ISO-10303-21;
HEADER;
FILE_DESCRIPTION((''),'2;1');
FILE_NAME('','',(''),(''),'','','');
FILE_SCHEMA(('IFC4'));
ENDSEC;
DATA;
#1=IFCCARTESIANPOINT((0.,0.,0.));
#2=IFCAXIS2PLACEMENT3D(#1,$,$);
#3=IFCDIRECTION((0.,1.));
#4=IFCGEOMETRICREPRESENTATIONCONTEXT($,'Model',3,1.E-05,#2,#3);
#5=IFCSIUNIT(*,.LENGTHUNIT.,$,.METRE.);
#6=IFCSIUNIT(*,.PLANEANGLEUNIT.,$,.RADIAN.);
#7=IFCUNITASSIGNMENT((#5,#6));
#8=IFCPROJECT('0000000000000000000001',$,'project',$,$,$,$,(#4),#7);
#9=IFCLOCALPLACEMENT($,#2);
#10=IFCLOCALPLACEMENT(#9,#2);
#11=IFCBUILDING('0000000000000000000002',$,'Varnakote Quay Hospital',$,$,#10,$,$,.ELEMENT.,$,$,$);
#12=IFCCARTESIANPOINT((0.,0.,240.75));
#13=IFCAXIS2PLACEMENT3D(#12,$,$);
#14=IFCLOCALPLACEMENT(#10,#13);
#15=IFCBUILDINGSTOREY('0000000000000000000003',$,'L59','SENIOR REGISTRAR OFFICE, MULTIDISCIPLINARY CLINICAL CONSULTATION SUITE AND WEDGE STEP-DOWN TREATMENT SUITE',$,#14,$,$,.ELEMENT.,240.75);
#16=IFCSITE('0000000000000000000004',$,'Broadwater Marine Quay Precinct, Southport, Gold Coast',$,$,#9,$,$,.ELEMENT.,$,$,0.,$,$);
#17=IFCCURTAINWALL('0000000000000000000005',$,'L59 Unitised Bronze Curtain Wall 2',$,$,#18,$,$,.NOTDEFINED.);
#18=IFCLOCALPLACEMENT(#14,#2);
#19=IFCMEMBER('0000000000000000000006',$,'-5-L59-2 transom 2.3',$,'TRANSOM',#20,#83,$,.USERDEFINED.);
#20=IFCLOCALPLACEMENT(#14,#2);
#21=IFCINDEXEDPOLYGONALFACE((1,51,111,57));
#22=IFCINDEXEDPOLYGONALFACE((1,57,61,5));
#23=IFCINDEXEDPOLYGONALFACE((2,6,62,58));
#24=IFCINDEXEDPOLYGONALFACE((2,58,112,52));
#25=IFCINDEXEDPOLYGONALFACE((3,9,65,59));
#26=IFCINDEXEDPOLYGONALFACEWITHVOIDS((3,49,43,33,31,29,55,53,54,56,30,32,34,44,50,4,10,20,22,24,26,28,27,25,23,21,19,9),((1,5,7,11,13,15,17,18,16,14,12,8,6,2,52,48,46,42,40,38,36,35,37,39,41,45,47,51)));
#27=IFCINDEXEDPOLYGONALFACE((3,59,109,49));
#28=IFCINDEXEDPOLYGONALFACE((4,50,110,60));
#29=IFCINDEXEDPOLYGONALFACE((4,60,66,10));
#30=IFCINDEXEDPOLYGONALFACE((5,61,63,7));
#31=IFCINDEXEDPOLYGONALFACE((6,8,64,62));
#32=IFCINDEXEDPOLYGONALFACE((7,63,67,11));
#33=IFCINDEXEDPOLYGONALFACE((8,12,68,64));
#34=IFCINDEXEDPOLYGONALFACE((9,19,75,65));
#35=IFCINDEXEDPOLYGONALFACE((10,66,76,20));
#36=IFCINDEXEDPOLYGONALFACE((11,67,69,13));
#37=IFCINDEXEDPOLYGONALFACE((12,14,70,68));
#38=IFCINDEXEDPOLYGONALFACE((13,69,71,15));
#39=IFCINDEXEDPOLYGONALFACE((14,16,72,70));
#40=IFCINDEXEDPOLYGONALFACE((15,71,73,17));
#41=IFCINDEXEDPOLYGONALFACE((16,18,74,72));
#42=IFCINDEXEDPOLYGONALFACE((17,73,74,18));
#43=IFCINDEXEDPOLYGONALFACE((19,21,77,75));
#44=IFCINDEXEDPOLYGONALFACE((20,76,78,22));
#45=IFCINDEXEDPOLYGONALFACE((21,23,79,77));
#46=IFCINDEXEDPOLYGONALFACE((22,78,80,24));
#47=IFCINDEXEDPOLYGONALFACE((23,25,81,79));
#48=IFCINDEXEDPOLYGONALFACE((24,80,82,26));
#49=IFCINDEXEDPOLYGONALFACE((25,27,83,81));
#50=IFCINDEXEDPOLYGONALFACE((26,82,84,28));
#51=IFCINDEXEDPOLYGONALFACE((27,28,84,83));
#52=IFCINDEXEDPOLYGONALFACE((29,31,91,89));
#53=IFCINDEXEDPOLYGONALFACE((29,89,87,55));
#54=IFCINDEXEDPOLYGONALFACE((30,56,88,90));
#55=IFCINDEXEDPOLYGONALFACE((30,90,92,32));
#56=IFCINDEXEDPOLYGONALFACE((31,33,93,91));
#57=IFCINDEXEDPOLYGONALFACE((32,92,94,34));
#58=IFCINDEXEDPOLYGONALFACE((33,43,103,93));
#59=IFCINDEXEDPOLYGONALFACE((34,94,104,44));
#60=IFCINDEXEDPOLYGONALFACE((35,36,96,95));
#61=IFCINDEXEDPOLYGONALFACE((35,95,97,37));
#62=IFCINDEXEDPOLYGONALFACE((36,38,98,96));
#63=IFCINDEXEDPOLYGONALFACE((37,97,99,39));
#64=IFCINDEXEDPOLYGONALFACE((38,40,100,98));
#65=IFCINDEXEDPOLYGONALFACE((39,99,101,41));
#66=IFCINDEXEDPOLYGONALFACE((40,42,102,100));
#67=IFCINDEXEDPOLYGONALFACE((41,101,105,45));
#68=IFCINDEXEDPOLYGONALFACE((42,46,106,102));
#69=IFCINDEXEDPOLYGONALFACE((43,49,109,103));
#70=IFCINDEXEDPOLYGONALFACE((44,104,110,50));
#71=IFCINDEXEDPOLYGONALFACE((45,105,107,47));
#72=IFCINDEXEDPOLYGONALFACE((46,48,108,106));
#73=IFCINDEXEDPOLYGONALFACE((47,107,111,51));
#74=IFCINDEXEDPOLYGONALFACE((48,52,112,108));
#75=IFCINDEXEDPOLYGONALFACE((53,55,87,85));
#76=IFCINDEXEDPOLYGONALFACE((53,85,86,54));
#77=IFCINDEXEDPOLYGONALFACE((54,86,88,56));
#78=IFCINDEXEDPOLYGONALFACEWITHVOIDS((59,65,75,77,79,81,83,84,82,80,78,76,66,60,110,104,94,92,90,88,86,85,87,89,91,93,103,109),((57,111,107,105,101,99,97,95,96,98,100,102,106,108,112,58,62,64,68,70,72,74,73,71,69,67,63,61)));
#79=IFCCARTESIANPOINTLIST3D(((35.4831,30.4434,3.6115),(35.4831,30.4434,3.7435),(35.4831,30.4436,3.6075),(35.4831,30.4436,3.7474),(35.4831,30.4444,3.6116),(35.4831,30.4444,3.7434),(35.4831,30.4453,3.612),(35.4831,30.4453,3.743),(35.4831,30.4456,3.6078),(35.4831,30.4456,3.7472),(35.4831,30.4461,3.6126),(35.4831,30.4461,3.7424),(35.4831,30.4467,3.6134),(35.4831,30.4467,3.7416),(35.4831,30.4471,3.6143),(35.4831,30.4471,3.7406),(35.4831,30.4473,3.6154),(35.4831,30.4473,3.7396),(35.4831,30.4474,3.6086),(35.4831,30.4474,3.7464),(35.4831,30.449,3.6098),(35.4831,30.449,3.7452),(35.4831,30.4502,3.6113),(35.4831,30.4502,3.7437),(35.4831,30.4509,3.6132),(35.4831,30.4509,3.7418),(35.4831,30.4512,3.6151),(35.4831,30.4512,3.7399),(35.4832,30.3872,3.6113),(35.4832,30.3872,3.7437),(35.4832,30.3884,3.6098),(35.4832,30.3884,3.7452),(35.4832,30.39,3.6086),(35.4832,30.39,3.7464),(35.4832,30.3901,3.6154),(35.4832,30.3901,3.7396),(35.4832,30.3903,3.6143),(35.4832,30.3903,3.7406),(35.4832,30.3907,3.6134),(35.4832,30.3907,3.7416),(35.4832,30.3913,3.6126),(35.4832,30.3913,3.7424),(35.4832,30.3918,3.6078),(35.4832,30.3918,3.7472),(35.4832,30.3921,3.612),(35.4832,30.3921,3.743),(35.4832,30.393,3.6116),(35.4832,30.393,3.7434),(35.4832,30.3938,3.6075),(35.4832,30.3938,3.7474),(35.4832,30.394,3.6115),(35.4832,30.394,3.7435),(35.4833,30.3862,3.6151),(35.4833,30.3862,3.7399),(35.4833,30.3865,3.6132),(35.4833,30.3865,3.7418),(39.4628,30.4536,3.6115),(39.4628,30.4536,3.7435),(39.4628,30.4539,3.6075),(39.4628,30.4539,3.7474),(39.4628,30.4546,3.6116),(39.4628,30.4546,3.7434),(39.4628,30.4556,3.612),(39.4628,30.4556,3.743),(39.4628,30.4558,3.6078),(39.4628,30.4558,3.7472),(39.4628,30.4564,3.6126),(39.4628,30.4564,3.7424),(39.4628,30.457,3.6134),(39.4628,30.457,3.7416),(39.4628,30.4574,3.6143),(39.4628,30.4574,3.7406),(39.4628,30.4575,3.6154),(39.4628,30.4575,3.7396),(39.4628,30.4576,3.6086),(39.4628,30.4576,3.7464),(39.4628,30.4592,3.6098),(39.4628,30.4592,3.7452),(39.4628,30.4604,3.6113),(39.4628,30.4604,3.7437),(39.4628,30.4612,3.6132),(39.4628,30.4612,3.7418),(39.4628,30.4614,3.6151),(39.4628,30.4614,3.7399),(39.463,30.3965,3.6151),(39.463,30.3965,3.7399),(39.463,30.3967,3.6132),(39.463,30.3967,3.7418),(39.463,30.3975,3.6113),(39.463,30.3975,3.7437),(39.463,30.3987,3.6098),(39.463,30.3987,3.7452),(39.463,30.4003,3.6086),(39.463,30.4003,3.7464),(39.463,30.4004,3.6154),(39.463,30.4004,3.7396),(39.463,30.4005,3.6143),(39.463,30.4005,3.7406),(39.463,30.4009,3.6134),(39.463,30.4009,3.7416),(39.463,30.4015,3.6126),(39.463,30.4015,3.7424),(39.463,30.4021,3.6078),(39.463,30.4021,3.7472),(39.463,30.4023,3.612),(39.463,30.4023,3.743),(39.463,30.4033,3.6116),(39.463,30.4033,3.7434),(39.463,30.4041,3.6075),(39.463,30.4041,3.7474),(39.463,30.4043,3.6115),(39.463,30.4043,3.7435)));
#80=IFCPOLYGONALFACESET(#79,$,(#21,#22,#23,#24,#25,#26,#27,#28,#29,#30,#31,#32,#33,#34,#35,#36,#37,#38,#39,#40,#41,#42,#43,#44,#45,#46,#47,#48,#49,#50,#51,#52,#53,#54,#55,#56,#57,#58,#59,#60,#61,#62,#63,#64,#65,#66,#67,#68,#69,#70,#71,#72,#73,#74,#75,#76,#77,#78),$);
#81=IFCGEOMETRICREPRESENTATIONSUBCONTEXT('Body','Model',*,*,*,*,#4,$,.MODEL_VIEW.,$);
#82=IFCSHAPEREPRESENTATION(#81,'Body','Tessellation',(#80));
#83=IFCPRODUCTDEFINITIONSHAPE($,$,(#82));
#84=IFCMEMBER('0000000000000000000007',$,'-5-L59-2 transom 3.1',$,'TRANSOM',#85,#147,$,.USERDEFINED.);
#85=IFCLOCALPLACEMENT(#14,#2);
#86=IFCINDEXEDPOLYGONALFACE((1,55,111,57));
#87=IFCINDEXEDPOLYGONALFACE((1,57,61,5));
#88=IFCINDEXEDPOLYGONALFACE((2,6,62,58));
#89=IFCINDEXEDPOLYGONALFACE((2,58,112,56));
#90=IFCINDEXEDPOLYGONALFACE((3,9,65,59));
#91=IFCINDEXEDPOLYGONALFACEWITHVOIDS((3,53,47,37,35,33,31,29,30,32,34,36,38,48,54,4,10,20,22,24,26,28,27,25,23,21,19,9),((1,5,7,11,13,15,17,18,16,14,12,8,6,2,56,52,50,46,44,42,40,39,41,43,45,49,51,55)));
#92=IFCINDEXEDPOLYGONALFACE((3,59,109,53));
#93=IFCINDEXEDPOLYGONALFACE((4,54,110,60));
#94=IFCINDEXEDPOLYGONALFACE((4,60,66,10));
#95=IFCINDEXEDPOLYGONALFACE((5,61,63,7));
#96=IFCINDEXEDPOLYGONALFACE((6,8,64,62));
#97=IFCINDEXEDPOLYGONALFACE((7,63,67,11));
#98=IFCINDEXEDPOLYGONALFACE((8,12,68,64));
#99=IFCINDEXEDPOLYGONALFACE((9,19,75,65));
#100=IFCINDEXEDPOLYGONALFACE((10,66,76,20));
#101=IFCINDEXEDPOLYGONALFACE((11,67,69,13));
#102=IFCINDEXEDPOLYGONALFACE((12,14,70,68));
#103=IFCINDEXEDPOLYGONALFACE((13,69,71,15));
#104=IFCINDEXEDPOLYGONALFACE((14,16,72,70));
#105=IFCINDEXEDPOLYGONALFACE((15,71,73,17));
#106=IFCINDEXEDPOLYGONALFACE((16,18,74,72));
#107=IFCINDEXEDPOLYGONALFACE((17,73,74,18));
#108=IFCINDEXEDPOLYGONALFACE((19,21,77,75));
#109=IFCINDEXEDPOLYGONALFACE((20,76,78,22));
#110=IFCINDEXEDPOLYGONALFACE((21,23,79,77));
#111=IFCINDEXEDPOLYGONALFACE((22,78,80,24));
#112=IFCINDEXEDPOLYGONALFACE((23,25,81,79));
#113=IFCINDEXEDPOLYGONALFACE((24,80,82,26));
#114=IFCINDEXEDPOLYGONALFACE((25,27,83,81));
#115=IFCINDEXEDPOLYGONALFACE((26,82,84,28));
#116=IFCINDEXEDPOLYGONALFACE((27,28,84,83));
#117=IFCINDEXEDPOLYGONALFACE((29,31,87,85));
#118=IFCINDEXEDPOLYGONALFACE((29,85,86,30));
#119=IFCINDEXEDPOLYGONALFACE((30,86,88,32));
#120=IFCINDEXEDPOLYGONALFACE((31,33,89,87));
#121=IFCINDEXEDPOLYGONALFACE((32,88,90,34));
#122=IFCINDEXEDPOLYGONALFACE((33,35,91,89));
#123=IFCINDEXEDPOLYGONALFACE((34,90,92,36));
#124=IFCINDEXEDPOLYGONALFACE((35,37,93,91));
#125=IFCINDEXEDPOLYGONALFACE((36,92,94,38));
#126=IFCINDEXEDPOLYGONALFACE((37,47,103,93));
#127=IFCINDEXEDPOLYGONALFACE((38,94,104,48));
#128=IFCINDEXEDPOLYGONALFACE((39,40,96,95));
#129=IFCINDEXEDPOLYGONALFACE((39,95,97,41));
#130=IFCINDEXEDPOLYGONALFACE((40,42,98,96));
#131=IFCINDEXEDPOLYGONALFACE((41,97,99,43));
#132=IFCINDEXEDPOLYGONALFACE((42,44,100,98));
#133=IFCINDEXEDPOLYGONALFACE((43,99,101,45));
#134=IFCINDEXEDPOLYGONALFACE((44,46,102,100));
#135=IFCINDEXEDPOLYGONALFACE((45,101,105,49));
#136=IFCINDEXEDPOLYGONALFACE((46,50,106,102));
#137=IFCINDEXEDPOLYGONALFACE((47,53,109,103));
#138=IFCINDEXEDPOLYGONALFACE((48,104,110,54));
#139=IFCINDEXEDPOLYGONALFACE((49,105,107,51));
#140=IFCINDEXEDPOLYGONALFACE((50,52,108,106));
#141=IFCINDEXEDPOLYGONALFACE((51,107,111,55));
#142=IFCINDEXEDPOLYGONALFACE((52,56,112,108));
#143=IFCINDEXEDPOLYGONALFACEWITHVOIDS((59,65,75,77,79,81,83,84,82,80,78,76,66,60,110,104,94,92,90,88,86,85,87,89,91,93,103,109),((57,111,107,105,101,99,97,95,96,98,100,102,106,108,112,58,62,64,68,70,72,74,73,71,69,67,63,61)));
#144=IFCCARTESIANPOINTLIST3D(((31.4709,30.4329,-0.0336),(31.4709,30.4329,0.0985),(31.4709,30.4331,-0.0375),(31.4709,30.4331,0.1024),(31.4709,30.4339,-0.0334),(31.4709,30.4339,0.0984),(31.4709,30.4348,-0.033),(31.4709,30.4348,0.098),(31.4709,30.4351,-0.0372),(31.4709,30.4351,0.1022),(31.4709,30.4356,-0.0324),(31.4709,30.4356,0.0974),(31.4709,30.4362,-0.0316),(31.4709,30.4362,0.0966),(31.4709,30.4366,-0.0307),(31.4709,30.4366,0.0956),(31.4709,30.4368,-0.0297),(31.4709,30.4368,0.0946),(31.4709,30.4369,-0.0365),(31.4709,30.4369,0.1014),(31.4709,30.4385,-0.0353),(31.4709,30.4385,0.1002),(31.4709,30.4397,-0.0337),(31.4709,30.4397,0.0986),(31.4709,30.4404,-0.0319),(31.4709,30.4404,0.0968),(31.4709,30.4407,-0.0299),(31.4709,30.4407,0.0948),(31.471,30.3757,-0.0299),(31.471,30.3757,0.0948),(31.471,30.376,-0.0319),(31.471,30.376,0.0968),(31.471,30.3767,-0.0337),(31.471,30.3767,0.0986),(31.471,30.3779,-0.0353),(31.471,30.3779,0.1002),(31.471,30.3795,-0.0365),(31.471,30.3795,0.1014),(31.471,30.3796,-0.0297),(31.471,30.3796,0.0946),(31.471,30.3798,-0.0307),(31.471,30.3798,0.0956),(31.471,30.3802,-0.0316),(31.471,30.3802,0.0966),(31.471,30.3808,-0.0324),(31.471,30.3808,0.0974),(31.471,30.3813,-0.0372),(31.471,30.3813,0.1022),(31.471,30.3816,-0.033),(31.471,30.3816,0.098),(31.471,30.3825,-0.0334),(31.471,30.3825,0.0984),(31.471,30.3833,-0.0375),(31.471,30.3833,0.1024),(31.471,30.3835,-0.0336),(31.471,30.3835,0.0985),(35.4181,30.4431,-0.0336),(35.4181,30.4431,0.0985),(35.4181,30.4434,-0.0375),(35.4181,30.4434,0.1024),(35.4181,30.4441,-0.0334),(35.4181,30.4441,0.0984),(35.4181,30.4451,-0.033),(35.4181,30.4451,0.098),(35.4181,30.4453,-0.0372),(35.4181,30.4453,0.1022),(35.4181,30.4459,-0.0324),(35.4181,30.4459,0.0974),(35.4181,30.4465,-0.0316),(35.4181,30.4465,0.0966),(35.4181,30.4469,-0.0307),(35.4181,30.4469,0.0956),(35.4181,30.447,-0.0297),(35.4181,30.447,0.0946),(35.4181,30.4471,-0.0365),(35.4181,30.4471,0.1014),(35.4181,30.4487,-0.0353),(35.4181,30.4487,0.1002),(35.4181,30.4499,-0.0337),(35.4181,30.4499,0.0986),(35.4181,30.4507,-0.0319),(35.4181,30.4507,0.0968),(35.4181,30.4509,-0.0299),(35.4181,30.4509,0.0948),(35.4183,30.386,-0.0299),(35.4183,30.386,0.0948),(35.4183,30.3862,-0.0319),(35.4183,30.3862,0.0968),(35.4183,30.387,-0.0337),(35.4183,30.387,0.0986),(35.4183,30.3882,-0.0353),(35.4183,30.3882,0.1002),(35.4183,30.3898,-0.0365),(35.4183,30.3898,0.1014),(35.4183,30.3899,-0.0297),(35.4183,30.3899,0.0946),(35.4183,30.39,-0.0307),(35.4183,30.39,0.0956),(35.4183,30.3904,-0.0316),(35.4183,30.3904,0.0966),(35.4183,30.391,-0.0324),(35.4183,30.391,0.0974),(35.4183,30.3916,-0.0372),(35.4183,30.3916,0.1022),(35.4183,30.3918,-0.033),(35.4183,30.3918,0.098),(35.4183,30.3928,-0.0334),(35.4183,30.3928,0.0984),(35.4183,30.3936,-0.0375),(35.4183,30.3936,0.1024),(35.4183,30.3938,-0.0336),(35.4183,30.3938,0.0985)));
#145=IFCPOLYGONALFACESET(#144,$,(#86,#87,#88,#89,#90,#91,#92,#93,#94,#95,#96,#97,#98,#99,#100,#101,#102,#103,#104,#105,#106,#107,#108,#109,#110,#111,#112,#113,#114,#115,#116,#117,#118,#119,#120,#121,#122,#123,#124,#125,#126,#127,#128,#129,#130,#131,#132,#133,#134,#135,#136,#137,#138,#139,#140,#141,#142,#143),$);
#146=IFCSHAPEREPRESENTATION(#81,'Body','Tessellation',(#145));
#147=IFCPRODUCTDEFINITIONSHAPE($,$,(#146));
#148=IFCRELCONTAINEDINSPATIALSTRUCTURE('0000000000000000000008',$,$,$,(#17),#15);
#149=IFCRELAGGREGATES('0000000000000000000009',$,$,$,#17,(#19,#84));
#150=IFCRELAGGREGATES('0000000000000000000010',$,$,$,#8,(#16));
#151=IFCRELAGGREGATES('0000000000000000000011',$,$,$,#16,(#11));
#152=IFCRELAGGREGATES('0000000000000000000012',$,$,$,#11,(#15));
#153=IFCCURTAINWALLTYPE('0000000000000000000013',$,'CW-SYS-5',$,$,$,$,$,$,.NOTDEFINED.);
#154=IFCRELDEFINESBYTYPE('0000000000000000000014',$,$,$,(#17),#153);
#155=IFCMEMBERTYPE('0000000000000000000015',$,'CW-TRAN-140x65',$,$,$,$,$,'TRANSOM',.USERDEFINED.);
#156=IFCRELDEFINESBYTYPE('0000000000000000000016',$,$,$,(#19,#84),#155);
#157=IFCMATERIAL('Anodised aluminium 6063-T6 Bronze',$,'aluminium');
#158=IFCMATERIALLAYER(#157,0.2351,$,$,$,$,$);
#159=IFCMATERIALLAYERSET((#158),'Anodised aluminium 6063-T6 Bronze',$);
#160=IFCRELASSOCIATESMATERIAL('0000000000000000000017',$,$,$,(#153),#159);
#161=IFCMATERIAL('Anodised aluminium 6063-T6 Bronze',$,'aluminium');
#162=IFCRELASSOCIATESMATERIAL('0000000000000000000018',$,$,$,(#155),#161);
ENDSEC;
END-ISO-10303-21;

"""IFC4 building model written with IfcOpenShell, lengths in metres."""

from ifc_helpers import new_model, si_unit, direction, frame, origin, origin_2d, place, context, subcontext, project, spatial, hollow_rectangle, extrude, material, layer, layer_set, material_profile, profile_set, type_object, element, aggregate, save


model = new_model("IFC4")

# Units and contexts
model_context = context("Model", 3, precision=1e-05, world=origin(), true_north=direction((0.0, 1.0)))
body_context = subcontext(model_context, "Body", "Model", "MODEL_VIEW")
ifc_project = project(units=[si_unit("LENGTHUNIT", "METRE"), si_unit("PLANEANGLEUNIT", "RADIAN")], contexts=[model_context])

# Site, building, storey
site_placement = place(None, origin())
site = spatial("IfcSite", under=ifc_project, at=site_placement, Name="Broadwater Marine Quay Precinct, Southport, Gold Coast", CompositionType="ELEMENT", RefElevation=0.0)
building_placement = place(site_placement, origin())
building = spatial("IfcBuilding", under=site, at=building_placement, Name="Varnakote Quay Hospital", CompositionType="ELEMENT")
storey_placement = place(building_placement, frame((0.0, 0.0, 240.75)))
storey = spatial("IfcBuildingStorey", under=building, at=storey_placement, Name="L59", Description="SENIOR REGISTRAR OFFICE, MULTIDISCIPLINARY CLINICAL CONSULTATION SUITE AND WEDGE STEP-DOWN TREATMENT SUITE", CompositionType="ELEMENT", Elevation=240.75)

# Curtain wall, members
ifc_material_1 = material(Name="Anodised aluminium 6063-T6 Bronze", Category="aluminium")
ifc_layer_1 = layer(ifc_material_1, 0.2351)
ifc_layer_set_1 = layer_set([ifc_layer_1], Name="Anodised aluminium 6063-T6 Bronze")
curtain_wall_type = type_object("IfcCurtainWallType", Name="CW-SYS-5", PredefinedType="NOTDEFINED", material=ifc_layer_set_1)
curtain_wall_placement = place(storey_placement, origin())
curtain_wall = element("IfcCurtainWall", 1, at=curtain_wall_placement, inside=storey, type_object=curtain_wall_type, Name="L59 Unitised Bronze Curtain Wall 2", PredefinedType="NOTDEFINED")
ifc_material_2 = material(Name="Anodised aluminium 6063-T6 Bronze", Category="aluminium")
ifc_material_profile_1 = material_profile(ifc_material_2, hollow_rectangle(XDim=0.0649, YDim=0.1399, WallThickness=0.0039, InnerFilletRadius=0.0039, OuterFilletRadius=0.0076, at=origin_2d()), Name="CW-TRAN-140x65")
ifc_profile_set_1 = profile_set([ifc_material_profile_1], Name="Anodised aluminium 6063-T6 Bronze")
member_type_1 = type_object("IfcMemberType", Name="CW-TRAN-140x65", ElementType="TRANSOM", PredefinedType="USERDEFINED", material=ifc_profile_set_1)
member_1_placement = place(storey_placement, frame((39.4629, 30.429, 3.6775), z_axis=(-0.999997, -0.002577, 0.0), x_axis=(0.002577, -0.999997, 0.0)))
member_1 = element("IfcMember", 2, at=member_1_placement, type_object=member_type_1, Name="-5-L59-2 transom 2.3", ObjectType="TRANSOM", PredefinedType="USERDEFINED", context=body_context, shape_type="SweptSolid", body=[
    extrude(hollow_rectangle(XDim=0.0649, YDim=0.1399, WallThickness=0.0039, InnerFilletRadius=0.0039, OuterFilletRadius=0.0076, at=origin_2d()), origin(), (0.0, 0.0, 1.0), 3.9797),
])
member_2_placement = place(storey_placement, frame((35.4182, 30.4185, 0.0325), z_axis=(-0.999997, -0.002598, 0.0), x_axis=(0.002598, -0.999997, 0.0)))
member_2 = element("IfcMember", 3, at=member_2_placement, type_object=member_type_1, Name="-5-L59-2 transom 3.1", ObjectType="TRANSOM", PredefinedType="USERDEFINED", context=body_context, shape_type="SweptSolid", body=[
    extrude(hollow_rectangle(XDim=0.0649, YDim=0.1399, WallThickness=0.0039, InnerFilletRadius=0.0039, OuterFilletRadius=0.0076, at=origin_2d()), origin(), (0.0, 0.0, 1.0), 3.9473),
])

aggregate(curtain_wall, [member_1, member_2])

save(model, "model.ifc")
